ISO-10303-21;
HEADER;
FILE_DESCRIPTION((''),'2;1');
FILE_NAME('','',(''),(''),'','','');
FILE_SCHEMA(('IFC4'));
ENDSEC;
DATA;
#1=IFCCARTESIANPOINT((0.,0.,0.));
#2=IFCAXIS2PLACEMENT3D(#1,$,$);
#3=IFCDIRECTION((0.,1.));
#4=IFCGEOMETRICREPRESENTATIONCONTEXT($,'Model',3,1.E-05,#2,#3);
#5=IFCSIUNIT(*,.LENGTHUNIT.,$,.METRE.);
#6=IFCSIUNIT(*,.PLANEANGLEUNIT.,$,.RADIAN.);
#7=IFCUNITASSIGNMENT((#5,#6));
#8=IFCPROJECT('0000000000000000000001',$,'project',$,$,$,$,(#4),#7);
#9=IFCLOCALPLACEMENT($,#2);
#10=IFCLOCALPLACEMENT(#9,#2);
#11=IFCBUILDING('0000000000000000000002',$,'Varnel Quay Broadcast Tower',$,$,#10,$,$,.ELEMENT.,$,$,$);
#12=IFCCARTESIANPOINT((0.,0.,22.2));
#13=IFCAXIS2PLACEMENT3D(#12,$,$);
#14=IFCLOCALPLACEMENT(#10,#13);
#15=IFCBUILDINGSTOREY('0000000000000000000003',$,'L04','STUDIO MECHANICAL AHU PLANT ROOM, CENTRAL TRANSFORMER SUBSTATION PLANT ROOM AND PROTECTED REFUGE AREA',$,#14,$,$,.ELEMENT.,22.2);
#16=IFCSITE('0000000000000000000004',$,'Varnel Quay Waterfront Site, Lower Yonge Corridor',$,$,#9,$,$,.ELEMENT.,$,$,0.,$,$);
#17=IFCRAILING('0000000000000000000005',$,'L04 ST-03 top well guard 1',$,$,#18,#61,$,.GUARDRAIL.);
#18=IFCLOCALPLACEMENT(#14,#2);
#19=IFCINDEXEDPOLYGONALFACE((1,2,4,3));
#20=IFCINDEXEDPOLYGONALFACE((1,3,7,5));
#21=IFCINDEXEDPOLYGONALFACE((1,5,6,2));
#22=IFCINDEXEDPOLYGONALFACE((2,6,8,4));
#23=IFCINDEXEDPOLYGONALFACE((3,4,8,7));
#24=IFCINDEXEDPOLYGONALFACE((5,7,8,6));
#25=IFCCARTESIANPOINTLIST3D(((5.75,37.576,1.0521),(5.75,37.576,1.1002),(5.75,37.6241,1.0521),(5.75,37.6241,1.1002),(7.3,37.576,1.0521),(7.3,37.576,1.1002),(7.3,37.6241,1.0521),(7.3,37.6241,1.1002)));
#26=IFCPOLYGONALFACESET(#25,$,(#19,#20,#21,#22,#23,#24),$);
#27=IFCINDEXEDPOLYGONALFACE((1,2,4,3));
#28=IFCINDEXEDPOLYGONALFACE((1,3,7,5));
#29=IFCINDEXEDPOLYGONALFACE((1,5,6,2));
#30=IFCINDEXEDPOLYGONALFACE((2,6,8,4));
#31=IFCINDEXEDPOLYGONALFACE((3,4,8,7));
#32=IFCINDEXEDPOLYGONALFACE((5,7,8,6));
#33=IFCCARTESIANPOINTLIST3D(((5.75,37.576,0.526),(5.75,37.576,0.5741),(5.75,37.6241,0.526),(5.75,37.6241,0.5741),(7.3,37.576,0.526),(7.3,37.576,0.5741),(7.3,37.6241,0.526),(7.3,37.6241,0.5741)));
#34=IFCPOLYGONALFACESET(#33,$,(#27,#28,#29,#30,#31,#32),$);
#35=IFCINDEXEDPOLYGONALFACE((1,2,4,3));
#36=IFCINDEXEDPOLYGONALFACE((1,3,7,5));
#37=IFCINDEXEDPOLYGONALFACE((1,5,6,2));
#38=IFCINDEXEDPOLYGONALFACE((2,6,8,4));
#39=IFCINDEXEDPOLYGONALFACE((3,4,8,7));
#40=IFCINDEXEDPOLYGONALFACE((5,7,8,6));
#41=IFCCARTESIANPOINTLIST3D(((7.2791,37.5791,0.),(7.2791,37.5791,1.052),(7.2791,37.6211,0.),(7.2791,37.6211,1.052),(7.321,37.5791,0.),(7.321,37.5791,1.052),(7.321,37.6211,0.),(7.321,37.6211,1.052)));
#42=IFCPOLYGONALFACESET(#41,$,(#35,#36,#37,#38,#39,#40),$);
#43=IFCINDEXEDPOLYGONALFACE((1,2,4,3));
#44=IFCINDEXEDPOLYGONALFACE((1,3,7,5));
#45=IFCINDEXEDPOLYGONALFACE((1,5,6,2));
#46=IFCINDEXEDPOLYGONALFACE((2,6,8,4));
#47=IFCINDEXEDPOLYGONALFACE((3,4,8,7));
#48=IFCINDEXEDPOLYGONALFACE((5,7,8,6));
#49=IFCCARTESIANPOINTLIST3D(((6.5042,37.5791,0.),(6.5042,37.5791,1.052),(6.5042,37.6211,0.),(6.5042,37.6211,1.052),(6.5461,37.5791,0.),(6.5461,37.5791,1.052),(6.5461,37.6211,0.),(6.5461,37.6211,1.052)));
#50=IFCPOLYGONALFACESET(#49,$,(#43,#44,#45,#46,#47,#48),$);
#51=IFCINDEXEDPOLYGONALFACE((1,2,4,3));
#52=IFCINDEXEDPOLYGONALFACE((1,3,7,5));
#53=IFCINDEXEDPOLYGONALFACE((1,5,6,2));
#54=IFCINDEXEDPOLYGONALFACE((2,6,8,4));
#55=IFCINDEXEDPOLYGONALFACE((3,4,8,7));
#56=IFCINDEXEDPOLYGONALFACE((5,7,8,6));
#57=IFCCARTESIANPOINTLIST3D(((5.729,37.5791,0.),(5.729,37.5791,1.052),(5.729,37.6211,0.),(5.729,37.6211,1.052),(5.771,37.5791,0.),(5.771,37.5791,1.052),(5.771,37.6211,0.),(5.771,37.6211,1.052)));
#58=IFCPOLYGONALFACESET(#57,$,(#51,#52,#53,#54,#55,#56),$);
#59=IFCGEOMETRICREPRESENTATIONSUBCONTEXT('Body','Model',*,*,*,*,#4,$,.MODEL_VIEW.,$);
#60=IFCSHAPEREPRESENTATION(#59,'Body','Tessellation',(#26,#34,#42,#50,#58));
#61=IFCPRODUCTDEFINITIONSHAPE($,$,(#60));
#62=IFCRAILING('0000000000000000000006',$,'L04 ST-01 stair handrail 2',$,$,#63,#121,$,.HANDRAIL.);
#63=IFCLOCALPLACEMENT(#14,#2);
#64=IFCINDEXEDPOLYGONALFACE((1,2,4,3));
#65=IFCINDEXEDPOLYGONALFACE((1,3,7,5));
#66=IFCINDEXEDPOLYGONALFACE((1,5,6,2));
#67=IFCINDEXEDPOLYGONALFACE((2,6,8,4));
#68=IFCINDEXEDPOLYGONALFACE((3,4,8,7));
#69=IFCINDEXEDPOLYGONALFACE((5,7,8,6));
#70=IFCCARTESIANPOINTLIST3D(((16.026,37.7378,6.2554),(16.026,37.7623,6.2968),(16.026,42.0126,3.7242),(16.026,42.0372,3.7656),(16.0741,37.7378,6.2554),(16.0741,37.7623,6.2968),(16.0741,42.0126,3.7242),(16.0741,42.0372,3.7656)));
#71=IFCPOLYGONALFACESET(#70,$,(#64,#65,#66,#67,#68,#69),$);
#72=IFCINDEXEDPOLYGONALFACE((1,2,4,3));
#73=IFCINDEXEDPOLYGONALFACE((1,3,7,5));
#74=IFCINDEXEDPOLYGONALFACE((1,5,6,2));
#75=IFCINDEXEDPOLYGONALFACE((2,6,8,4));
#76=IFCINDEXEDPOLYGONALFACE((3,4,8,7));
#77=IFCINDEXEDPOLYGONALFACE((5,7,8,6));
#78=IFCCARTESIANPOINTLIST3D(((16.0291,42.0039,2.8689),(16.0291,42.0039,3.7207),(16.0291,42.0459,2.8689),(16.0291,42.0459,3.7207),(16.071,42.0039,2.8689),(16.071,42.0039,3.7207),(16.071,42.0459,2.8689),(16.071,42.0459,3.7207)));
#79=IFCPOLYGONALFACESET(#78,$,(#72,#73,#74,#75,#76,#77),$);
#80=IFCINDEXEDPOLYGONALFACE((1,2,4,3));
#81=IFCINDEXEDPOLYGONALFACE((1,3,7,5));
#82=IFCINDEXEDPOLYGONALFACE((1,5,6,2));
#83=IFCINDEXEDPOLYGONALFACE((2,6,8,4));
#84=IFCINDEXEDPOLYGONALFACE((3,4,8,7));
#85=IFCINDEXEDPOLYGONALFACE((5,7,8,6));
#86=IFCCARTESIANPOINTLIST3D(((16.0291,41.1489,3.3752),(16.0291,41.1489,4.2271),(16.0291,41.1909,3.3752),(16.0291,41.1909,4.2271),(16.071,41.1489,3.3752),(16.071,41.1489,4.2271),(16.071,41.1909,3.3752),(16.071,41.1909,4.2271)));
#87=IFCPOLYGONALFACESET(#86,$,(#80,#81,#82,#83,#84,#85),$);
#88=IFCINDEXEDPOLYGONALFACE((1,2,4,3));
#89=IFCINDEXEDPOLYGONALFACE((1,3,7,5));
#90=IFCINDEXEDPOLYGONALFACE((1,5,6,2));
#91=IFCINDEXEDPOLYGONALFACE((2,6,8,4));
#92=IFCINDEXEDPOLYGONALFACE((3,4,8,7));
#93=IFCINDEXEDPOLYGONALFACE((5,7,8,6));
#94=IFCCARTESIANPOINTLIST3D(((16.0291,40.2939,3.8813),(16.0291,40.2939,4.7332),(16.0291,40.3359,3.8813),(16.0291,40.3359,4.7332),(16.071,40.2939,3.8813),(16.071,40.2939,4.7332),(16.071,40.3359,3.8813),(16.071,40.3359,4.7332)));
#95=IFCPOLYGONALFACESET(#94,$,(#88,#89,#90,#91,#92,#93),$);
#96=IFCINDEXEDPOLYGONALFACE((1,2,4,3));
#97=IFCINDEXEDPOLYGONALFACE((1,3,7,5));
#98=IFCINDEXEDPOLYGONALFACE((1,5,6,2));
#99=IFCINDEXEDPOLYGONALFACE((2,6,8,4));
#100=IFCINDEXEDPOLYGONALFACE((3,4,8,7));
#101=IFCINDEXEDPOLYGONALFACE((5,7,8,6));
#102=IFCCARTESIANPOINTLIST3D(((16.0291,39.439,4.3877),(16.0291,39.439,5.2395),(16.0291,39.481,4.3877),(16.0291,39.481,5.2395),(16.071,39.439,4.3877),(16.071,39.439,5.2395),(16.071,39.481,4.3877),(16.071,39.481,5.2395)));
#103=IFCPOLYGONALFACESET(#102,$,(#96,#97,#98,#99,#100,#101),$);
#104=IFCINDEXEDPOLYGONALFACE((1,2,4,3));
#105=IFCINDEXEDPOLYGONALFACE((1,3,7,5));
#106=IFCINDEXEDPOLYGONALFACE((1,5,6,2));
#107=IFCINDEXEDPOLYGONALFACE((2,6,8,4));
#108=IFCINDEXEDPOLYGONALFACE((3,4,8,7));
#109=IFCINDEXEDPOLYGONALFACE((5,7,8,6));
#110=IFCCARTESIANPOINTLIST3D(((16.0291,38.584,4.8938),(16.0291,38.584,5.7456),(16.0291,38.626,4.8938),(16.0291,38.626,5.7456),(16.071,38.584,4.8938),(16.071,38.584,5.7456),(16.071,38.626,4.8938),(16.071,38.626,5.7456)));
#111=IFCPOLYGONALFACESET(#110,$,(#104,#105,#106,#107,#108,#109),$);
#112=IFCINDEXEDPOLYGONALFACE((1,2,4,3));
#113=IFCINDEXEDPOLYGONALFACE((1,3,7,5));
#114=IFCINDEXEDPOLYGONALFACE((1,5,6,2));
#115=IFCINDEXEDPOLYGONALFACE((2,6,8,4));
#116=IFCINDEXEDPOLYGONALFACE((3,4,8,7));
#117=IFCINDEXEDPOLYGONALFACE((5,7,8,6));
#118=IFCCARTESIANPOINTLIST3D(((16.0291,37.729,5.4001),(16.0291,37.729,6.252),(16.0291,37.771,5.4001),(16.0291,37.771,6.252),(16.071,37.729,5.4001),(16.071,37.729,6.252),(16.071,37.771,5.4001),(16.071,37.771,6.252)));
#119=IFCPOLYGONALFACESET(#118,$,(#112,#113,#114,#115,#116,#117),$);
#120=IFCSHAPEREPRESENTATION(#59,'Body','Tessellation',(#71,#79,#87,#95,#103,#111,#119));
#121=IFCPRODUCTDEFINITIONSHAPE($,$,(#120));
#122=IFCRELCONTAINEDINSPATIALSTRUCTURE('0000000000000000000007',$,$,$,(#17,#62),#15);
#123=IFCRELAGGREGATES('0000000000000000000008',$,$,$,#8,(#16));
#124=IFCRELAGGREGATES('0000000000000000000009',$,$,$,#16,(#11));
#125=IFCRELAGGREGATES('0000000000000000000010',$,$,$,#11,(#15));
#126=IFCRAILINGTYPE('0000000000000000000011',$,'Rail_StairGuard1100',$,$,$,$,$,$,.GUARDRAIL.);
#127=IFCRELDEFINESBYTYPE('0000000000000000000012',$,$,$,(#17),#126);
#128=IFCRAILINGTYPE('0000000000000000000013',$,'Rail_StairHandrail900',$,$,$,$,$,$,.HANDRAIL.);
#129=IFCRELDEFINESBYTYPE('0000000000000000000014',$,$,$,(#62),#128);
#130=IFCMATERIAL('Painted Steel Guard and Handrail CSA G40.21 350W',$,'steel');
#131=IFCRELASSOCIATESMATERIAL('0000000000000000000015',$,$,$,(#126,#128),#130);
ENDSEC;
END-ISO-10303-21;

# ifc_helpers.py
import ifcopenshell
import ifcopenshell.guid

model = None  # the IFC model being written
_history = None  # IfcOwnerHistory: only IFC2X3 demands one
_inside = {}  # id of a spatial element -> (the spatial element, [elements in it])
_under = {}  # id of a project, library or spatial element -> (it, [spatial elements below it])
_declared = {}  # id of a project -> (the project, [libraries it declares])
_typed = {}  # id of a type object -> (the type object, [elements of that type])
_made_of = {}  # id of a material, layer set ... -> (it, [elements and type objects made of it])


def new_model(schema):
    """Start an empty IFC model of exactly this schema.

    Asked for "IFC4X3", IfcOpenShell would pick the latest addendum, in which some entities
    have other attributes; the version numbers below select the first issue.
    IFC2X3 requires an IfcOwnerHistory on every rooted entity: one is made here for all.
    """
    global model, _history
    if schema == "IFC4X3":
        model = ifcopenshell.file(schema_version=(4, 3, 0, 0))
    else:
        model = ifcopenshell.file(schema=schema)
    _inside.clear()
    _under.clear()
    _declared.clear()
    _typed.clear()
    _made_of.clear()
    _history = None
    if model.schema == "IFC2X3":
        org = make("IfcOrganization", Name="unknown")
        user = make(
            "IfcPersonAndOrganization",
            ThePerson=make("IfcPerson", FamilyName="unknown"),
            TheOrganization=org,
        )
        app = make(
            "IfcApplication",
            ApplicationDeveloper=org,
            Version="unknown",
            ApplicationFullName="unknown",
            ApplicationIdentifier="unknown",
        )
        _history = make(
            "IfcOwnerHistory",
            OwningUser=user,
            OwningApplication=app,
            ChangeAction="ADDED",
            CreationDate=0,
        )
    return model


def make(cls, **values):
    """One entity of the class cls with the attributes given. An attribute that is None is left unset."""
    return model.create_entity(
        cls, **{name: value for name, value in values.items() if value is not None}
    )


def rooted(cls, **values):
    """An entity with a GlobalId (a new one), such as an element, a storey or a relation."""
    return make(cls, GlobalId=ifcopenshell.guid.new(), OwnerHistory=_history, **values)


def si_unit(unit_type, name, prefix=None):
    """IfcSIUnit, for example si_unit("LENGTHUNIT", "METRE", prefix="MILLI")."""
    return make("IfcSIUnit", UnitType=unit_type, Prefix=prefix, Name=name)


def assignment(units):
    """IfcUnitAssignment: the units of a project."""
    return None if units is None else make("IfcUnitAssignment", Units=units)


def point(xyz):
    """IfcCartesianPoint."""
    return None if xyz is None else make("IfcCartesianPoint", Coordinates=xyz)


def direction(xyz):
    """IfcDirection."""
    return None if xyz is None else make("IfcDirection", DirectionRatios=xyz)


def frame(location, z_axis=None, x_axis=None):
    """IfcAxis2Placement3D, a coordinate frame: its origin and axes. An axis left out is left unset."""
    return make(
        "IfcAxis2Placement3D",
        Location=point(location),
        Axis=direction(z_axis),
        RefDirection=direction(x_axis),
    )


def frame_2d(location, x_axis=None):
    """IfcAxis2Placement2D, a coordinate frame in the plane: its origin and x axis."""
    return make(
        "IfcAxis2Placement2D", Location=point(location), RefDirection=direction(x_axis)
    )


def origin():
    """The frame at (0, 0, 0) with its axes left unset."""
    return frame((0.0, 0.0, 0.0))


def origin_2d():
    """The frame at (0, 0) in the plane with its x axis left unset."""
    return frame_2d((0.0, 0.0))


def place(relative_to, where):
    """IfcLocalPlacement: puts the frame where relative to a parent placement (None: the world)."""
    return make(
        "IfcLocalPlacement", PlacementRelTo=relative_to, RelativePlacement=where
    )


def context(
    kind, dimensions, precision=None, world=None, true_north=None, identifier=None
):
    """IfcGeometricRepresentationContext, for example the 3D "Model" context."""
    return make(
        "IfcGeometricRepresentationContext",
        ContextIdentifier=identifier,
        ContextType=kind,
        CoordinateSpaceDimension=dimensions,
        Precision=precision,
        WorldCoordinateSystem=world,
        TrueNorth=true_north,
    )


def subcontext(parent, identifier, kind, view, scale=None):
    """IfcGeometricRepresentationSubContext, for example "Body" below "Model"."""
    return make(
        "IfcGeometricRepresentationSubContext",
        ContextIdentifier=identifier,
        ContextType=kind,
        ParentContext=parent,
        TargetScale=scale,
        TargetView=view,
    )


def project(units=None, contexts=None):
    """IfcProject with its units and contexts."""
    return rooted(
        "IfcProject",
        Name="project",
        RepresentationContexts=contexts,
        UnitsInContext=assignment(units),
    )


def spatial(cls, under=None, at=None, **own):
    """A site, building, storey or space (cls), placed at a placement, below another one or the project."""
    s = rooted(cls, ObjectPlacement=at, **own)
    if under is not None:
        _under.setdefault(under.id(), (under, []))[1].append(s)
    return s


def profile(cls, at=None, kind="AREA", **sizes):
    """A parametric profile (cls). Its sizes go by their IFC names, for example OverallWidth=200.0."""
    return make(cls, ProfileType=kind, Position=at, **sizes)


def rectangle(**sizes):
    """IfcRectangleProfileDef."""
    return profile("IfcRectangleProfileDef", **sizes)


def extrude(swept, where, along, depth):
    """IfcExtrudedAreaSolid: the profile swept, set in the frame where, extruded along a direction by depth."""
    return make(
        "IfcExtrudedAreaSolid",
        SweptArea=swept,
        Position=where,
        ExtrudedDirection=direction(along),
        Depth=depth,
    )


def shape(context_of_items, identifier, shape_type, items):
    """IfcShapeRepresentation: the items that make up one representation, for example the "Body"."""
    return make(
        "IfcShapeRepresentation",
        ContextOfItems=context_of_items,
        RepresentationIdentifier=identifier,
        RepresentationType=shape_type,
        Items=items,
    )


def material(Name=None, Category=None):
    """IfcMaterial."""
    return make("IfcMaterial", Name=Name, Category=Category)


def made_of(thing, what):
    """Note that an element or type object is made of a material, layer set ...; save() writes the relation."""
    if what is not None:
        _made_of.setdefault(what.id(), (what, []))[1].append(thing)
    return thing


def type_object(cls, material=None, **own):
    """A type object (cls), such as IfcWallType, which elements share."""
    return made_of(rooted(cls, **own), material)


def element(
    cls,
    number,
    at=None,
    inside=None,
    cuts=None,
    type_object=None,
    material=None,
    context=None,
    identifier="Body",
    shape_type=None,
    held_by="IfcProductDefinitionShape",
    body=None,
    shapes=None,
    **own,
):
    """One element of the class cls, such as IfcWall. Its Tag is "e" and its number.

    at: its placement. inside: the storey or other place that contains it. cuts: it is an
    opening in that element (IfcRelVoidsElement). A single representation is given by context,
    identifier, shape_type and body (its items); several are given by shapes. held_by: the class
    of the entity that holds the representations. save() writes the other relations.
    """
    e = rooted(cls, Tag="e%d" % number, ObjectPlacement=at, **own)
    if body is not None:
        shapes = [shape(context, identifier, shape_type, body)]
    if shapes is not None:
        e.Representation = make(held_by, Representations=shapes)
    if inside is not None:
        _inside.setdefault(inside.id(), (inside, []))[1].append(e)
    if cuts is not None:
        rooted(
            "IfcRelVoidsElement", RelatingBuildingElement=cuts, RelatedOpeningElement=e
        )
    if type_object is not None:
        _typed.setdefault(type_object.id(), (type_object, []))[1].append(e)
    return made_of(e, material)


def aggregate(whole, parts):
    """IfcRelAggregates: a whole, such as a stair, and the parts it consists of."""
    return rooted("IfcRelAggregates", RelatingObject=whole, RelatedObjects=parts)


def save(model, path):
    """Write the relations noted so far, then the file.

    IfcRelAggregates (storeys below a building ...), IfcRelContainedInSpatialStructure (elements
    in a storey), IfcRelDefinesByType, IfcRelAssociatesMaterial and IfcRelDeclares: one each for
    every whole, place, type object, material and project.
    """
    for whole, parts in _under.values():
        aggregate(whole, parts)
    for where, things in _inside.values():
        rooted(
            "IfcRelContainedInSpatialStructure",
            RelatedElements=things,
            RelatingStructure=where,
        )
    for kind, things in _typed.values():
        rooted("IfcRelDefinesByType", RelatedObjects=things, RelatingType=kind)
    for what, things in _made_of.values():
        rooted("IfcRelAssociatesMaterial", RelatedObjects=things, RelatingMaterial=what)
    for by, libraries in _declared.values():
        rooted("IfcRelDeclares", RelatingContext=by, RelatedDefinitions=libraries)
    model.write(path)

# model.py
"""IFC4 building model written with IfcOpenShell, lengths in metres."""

from ifc_helpers import new_model, si_unit, direction, frame, origin, origin_2d, place, context, subcontext, project, spatial, rectangle, extrude, material, type_object, element, save


model = new_model("IFC4")

# Units and contexts
model_context = context("Model", 3, precision=1e-05, world=origin(), true_north=direction((0.0, 1.0)))
body_context = subcontext(model_context, "Body", "Model", "MODEL_VIEW")
ifc_project = project(units=[si_unit("LENGTHUNIT", "METRE"), si_unit("PLANEANGLEUNIT", "RADIAN")], contexts=[model_context])

# Site, building, storey
site_placement = place(None, origin())
site = spatial("IfcSite", under=ifc_project, at=site_placement, Name="Varnel Quay Waterfront Site, Lower Yonge Corridor", CompositionType="ELEMENT", RefElevation=0.0)
building_placement = place(site_placement, origin())
building = spatial("IfcBuilding", under=site, at=building_placement, Name="Varnel Quay Broadcast Tower", CompositionType="ELEMENT")
storey_placement = place(building_placement, frame((0.0, 0.0, 22.2)))
storey = spatial("IfcBuildingStorey", under=building, at=storey_placement, Name="L04", Description="STUDIO MECHANICAL AHU PLANT ROOM, CENTRAL TRANSFORMER SUBSTATION PLANT ROOM AND PROTECTED REFUGE AREA", CompositionType="ELEMENT", Elevation=22.2)

# Railings
ifc_material_1 = material(Name="Painted Steel Guard and Handrail CSA G40.21 350W", Category="steel")
railing_type_1 = type_object("IfcRailingType", Name="Rail_StairGuard1100", PredefinedType="GUARDRAIL", material=ifc_material_1)
railing_1_placement = place(storey_placement, frame((7.3, 37.6001, 0.0)))
element("IfcRailing", 1, at=railing_1_placement, inside=storey, type_object=railing_type_1, Name="L04 ST-03 top well guard 1", PredefinedType="GUARDRAIL", context=body_context, shape_type="SweptSolid", body=[
    extrude(rectangle(XDim=0.0481, YDim=0.0481, at=origin_2d()), frame((0.0, 0.0, 1.0762), z_axis=(-1.0, 0.0, 0.0), x_axis=(0.0, -1.0, 0.0)), (0.0, 0.0, 1.0), 1.55),
    extrude(rectangle(XDim=0.0481, YDim=0.0481, at=origin_2d()), frame((0.0, 0.0, 0.55), z_axis=(-1.0, 0.0, 0.0), x_axis=(0.0, -1.0, 0.0)), (0.0, 0.0, 1.0), 1.55),
    extrude(rectangle(XDim=0.042, YDim=0.042, at=origin_2d()), origin(), (0.0, 0.0, 1.0), 1.052),
    extrude(rectangle(XDim=0.042, YDim=0.042, at=origin_2d()), frame((-0.7749, 0.0, 0.0)), (0.0, 0.0, 1.0), 1.052),
    extrude(rectangle(XDim=0.042, YDim=0.042, at=origin_2d()), frame((-1.55, 0.0, 0.0)), (0.0, 0.0, 1.0), 1.052),
])
railing_type_2 = type_object("IfcRailingType", Name="Rail_StairHandrail900", PredefinedType="HANDRAIL", material=ifc_material_1)
railing_2_placement = place(storey_placement, frame((16.05, 42.0249, 2.8689)))
element("IfcRailing", 2, at=railing_2_placement, inside=storey, type_object=railing_type_2, Name="L04 ST-01 stair handrail 2", PredefinedType="HANDRAIL", context=body_context, shape_type="SweptSolid", body=[
    extrude(rectangle(XDim=0.0481, YDim=0.0481, at=origin_2d()), frame((0.0, 0.0, 0.876), z_axis=(0.0, -0.86047, 0.509501), x_axis=(1.0, 0.0, 0.0)), (0.0, 0.0, 1.0), 4.968),
    extrude(rectangle(XDim=0.042, YDim=0.042, at=origin_2d()), origin(), (0.0, 0.0, 1.0), 0.8518),
    extrude(rectangle(XDim=0.042, YDim=0.042, at=origin_2d()), frame((0.0, -0.855, 0.5063)), (0.0, 0.0, 1.0), 0.8518),
    extrude(rectangle(XDim=0.042, YDim=0.042, at=origin_2d()), frame((0.0, -1.71, 1.0125)), (0.0, 0.0, 1.0), 0.8518),
    extrude(rectangle(XDim=0.042, YDim=0.042, at=origin_2d()), frame((0.0, -2.5649, 1.5188)), (0.0, 0.0, 1.0), 0.8518),
    extrude(rectangle(XDim=0.042, YDim=0.042, at=origin_2d()), frame((0.0, -3.4199, 2.0249)), (0.0, 0.0, 1.0), 0.8518),
    extrude(rectangle(XDim=0.042, YDim=0.042, at=origin_2d()), frame((0.0, -4.2749, 2.5312)), (0.0, 0.0, 1.0), 0.8518),
])

save(model, "model.ifc")
